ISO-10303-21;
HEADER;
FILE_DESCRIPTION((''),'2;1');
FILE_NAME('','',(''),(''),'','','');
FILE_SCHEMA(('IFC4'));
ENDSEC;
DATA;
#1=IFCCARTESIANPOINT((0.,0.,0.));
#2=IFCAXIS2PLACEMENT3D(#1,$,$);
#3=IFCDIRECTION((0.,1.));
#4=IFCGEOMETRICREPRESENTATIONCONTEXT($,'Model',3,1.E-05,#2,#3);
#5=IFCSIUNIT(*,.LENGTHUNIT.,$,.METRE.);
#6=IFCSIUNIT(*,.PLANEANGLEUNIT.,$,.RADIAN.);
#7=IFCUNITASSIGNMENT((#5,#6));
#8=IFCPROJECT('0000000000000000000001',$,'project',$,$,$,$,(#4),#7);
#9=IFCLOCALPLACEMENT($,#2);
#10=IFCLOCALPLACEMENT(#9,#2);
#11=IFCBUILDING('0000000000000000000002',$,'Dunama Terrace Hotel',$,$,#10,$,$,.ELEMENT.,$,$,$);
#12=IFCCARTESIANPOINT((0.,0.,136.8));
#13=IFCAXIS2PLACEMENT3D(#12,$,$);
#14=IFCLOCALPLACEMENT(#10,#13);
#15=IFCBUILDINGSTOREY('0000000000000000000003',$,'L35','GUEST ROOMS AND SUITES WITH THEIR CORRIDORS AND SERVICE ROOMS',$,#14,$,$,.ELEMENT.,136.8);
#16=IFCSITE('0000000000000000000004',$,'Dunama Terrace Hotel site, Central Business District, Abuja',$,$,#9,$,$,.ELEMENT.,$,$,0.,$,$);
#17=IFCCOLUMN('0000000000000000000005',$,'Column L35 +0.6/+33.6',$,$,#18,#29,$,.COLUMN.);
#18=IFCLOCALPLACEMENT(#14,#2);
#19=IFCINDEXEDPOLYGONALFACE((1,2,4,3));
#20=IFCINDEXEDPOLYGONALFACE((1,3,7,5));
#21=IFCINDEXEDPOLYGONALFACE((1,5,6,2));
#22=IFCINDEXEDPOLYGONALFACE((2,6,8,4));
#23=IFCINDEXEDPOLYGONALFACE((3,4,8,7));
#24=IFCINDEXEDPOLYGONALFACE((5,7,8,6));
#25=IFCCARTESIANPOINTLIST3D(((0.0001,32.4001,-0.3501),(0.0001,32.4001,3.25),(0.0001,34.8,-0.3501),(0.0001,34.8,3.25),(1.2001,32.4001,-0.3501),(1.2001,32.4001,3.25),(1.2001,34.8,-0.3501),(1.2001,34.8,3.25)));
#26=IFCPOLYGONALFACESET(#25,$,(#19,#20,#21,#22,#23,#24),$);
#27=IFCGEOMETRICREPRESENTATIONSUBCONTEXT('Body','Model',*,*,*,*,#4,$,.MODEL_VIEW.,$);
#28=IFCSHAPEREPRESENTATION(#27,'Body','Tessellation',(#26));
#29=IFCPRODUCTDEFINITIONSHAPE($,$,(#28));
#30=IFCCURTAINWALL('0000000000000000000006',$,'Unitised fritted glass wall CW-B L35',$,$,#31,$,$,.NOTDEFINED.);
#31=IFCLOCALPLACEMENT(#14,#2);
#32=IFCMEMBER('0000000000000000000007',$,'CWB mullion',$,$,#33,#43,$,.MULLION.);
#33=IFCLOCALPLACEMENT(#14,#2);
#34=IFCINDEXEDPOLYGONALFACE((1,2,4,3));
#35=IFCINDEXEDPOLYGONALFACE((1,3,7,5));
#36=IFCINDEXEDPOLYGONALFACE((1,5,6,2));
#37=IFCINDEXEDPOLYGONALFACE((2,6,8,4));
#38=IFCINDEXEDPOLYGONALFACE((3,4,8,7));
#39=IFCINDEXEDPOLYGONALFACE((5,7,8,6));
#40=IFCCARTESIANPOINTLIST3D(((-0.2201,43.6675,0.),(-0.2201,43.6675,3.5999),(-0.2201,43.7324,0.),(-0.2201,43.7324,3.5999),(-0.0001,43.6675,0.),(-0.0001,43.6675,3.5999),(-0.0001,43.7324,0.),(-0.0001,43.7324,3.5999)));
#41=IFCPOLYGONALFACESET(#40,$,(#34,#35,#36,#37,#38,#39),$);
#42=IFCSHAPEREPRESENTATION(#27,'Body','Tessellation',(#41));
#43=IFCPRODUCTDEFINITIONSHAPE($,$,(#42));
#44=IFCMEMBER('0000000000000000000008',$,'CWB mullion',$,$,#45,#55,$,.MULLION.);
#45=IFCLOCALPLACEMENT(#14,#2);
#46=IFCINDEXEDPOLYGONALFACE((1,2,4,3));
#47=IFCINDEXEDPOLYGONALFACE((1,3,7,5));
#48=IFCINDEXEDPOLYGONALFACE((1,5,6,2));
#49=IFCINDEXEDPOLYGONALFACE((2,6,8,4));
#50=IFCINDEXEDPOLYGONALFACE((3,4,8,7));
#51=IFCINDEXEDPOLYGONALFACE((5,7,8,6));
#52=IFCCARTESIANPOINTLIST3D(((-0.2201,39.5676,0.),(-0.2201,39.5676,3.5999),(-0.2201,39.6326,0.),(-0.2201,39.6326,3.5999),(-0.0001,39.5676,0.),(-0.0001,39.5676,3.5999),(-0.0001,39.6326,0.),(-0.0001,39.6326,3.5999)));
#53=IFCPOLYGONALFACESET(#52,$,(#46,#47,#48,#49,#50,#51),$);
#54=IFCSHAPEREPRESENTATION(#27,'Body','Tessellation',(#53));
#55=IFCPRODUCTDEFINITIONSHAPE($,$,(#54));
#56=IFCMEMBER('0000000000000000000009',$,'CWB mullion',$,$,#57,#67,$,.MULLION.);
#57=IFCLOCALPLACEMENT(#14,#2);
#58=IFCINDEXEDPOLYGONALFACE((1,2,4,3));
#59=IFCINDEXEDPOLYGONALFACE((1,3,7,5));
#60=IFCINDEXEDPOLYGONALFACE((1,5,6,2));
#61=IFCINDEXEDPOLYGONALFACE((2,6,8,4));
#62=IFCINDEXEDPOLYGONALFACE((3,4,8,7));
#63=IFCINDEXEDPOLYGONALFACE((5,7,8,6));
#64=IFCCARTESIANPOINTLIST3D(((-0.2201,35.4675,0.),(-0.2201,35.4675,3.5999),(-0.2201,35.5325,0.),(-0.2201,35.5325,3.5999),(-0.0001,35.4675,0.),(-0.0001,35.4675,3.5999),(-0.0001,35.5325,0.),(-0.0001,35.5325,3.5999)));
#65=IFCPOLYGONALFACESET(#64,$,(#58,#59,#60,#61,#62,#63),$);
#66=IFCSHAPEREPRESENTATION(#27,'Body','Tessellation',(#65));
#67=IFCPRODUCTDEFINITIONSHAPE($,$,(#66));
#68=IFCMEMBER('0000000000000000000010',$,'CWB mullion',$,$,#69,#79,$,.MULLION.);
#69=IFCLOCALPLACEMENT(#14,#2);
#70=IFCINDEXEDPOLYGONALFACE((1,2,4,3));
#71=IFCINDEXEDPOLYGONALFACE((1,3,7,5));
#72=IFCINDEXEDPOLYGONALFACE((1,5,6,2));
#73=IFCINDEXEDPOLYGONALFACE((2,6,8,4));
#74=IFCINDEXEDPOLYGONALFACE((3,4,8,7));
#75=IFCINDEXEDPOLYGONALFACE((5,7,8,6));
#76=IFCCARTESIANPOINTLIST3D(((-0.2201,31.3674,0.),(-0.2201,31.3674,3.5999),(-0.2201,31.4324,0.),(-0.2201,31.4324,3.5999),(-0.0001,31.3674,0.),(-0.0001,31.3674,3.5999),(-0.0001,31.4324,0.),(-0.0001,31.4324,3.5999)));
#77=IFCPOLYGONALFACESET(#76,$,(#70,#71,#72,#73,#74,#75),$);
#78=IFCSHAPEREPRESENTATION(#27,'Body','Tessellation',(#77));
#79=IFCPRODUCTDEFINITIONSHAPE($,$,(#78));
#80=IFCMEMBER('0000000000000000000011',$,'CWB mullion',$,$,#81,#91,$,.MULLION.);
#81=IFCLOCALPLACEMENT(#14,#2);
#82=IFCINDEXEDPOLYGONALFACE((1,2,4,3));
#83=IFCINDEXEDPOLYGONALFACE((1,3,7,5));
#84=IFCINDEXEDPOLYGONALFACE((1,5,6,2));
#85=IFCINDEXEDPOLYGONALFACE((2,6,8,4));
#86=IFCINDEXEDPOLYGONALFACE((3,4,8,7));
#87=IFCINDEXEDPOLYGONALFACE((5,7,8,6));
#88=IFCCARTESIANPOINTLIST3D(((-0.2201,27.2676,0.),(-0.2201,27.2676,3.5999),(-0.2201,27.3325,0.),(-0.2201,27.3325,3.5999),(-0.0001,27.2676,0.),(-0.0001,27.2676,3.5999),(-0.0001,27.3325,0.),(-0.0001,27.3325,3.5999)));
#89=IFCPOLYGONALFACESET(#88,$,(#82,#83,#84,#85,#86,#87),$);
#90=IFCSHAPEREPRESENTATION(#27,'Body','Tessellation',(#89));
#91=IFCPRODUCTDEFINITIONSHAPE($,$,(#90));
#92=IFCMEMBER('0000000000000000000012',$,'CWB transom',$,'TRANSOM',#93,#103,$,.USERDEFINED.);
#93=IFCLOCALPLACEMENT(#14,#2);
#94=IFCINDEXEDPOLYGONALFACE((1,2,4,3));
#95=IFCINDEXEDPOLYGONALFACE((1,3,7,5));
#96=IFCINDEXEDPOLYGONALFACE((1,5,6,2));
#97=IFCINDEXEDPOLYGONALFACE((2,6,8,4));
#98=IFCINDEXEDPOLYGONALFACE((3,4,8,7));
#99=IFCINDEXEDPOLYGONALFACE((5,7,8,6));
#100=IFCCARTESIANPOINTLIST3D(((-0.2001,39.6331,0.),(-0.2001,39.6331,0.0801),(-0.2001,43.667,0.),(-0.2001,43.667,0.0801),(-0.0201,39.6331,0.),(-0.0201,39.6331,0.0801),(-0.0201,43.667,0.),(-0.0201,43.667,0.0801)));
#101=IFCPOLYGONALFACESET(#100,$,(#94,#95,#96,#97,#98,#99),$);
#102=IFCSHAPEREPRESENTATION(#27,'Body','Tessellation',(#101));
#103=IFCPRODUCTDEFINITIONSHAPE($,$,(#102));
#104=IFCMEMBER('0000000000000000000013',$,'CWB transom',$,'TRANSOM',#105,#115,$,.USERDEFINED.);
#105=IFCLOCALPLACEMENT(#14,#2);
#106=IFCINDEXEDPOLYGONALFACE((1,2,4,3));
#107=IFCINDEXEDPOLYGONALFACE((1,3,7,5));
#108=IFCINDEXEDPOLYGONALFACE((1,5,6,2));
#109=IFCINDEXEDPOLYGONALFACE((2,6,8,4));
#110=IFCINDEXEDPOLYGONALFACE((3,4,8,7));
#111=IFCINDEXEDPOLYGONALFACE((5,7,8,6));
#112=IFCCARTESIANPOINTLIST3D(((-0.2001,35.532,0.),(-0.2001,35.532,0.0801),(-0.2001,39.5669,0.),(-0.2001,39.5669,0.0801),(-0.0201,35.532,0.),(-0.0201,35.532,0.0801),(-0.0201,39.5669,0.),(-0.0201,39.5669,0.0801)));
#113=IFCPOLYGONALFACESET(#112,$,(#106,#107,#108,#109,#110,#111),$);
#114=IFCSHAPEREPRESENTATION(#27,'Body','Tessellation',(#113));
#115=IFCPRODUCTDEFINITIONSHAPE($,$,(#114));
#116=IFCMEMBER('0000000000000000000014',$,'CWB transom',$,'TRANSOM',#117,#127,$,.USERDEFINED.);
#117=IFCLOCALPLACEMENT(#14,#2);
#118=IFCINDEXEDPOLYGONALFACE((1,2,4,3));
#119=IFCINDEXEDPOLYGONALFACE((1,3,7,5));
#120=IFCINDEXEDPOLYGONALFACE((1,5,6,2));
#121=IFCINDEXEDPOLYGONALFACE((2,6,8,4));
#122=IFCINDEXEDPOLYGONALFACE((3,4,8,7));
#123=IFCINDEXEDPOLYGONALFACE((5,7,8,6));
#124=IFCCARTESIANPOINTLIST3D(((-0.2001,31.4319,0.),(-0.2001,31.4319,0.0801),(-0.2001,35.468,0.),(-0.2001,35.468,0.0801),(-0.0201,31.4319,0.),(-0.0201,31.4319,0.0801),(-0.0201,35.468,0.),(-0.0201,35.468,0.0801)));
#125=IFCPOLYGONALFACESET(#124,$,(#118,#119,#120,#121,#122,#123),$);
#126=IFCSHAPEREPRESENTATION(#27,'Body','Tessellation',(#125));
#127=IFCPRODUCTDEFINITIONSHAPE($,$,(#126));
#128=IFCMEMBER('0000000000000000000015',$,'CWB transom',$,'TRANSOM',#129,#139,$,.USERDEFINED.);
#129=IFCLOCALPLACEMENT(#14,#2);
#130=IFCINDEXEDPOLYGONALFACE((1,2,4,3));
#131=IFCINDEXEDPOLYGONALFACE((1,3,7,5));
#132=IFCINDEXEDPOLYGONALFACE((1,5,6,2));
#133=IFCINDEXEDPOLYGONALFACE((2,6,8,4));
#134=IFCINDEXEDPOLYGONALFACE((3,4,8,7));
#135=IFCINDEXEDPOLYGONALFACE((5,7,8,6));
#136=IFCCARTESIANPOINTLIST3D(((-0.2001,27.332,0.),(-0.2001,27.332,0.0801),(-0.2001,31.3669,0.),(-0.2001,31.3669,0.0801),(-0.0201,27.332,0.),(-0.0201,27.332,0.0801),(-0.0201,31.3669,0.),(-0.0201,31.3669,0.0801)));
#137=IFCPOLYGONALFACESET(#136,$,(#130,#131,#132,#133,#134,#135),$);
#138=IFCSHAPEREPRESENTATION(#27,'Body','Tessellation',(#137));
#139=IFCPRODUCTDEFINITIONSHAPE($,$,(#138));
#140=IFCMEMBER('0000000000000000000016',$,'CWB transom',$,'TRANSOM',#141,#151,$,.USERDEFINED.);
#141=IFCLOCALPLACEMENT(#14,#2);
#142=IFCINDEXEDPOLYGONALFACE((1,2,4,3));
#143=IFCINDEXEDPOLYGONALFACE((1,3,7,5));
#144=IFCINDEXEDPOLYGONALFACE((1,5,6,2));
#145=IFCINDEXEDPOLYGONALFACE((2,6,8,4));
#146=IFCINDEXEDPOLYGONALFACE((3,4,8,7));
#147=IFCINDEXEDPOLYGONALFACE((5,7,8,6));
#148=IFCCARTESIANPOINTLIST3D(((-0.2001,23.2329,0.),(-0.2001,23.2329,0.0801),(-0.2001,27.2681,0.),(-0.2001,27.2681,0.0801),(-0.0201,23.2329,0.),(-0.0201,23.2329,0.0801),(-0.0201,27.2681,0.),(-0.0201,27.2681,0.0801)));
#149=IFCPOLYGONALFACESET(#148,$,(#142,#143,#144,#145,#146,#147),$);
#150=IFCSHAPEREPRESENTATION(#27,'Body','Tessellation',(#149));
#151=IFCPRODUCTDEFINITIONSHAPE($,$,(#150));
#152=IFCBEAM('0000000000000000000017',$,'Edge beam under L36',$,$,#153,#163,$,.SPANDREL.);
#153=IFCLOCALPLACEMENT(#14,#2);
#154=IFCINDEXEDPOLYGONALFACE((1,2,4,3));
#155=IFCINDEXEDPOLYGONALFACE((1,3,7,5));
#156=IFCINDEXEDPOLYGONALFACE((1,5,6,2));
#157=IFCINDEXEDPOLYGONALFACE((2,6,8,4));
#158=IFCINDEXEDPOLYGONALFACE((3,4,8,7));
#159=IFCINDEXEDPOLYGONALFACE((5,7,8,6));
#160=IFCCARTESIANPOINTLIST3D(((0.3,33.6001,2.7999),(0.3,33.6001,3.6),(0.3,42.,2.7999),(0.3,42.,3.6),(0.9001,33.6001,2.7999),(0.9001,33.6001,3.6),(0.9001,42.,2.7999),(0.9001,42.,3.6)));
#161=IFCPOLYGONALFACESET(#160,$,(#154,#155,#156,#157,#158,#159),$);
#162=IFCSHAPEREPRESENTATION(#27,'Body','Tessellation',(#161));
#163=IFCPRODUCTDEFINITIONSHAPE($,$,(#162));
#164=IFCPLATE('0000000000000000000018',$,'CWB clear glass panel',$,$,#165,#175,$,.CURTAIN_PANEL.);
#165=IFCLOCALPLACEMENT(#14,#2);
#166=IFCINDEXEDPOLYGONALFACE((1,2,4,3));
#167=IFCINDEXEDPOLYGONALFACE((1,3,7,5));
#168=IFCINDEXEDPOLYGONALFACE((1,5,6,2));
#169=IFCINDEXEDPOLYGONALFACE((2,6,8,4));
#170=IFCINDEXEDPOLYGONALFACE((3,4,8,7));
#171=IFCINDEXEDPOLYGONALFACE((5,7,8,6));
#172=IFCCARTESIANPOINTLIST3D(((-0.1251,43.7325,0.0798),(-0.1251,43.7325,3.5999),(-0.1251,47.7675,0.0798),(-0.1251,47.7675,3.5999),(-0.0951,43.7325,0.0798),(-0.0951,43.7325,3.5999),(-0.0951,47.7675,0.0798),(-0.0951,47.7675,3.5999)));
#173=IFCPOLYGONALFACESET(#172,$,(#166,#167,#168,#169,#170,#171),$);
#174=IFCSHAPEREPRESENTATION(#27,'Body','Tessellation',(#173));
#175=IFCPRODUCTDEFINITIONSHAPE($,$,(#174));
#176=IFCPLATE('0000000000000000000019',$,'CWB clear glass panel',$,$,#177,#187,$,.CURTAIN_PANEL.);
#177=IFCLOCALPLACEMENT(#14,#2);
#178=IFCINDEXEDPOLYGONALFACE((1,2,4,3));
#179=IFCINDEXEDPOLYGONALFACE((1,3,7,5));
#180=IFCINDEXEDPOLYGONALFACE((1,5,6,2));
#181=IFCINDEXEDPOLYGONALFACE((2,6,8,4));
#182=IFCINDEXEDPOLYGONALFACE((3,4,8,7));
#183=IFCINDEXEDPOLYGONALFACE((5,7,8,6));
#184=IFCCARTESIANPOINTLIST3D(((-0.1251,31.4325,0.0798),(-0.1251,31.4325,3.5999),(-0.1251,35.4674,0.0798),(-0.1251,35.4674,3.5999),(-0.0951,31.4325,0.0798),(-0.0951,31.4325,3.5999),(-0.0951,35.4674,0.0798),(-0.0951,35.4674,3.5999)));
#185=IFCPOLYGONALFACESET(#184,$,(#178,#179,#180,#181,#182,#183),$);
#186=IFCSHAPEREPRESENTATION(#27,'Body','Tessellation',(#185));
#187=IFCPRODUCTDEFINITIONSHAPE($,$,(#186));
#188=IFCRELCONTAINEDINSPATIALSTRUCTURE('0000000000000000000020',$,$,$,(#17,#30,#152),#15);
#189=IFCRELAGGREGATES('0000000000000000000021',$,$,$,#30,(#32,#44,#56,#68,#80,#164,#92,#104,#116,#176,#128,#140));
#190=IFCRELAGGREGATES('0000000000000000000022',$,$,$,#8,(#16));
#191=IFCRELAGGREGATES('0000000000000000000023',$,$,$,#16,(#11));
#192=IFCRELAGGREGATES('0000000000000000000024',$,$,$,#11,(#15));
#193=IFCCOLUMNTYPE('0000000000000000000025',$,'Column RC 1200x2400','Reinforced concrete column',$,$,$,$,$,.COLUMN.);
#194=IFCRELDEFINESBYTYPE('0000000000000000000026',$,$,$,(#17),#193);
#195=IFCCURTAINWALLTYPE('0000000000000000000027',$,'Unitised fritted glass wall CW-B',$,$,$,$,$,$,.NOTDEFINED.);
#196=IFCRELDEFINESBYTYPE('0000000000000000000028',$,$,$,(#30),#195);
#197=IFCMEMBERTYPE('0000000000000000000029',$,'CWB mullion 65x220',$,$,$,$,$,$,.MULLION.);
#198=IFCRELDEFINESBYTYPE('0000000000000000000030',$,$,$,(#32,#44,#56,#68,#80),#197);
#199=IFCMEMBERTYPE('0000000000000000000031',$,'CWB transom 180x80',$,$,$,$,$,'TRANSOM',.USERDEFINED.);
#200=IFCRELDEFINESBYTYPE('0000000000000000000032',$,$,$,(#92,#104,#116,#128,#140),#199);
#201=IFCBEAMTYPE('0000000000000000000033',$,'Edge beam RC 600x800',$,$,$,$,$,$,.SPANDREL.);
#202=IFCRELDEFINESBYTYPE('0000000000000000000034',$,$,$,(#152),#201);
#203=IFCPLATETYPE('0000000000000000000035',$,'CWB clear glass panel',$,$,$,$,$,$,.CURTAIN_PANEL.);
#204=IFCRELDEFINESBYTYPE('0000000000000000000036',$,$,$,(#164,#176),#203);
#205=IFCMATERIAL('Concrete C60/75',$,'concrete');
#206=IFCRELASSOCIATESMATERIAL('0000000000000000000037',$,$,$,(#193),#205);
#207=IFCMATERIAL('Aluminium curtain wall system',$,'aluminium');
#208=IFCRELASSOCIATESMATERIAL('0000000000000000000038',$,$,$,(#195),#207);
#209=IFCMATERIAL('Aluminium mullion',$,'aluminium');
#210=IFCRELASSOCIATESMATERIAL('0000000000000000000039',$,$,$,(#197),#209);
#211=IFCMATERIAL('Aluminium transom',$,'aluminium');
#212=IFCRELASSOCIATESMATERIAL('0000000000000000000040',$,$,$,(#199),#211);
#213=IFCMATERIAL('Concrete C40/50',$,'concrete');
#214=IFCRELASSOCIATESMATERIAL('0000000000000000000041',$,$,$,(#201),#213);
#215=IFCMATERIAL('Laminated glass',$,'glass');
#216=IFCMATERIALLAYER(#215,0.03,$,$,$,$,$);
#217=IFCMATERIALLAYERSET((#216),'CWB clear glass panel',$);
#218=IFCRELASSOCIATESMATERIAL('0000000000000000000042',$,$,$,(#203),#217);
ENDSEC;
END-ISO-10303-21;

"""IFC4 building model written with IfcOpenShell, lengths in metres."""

from ifc_helpers import new_model, si_unit, direction, frame, origin, origin_2d, place, context, subcontext, project, spatial, rectangle, extrude, material, layer, layer_set, material_profile, profile_set, type_object, element, aggregate, save


model = new_model("IFC4")

# Units and contexts
model_context = context("Model", 3, precision=1e-05, world=origin(), true_north=direction((0.0, 1.0)))
body_context = subcontext(model_context, "Body", "Model", "MODEL_VIEW")
ifc_project = project(units=[si_unit("LENGTHUNIT", "METRE"), si_unit("PLANEANGLEUNIT", "RADIAN")], contexts=[model_context])

# Site, building, storey
site_placement = place(None, origin())
site = spatial("IfcSite", under=ifc_project, at=site_placement, Name="Dunama Terrace Hotel site, Central Business District, Abuja", CompositionType="ELEMENT", RefElevation=0.0)
building_placement = place(site_placement, origin())
building = spatial("IfcBuilding", under=site, at=building_placement, Name="Dunama Terrace Hotel", CompositionType="ELEMENT")
storey_placement = place(building_placement, frame((0.0, 0.0, 136.8)))
storey = spatial("IfcBuildingStorey", under=building, at=storey_placement, Name="L35", Description="GUEST ROOMS AND SUITES WITH THEIR CORRIDORS AND SERVICE ROOMS", CompositionType="ELEMENT", Elevation=136.8)

# Column
ifc_material_1 = material(Name="Concrete C60/75", Category="concrete")
ifc_material_profile_1 = material_profile(ifc_material_1, rectangle(XDim=1.2, YDim=2.3999, at=origin_2d()), Name="RC 1200x2400")
ifc_profile_set_1 = profile_set([ifc_material_profile_1], Name="Concrete C60/75")
column_type = type_object("IfcColumnType", Name="Column RC 1200x2400", Description="Reinforced concrete column", PredefinedType="COLUMN", material=ifc_profile_set_1)
column_placement = place(storey_placement, frame((0.6001, 33.6001, -0.3501), z_axis=(0.0, 0.0, 1.0), x_axis=(1.0, 0.0, 0.0)))
element("IfcColumn", 1, at=column_placement, inside=storey, type_object=column_type, Name="Column L35 +0.6/+33.6", PredefinedType="COLUMN", context=body_context, shape_type="SweptSolid", body=[
    extrude(rectangle(XDim=1.2, YDim=2.3999, at=origin_2d()), origin(), (0.0, 0.0, 1.0), 3.6001),
])

# Curtain wall, members
ifc_material_2 = material(Name="Aluminium curtain wall system", Category="aluminium")
curtain_wall_type = type_object("IfcCurtainWallType", Name="Unitised fritted glass wall CW-B", PredefinedType="NOTDEFINED", material=ifc_material_2)
curtain_wall_placement = place(storey_placement, origin())
curtain_wall = element("IfcCurtainWall", 2, at=curtain_wall_placement, inside=storey, type_object=curtain_wall_type, Name="Unitised fritted glass wall CW-B L35", PredefinedType="NOTDEFINED")
ifc_material_3 = material(Name="Aluminium mullion", Category="aluminium")
ifc_material_profile_2 = material_profile(ifc_material_3, rectangle(XDim=0.0649, YDim=0.22, at=origin_2d()), Name="CWB MULLION 65X220")
ifc_profile_set_2 = profile_set([ifc_material_profile_2], Name="Aluminium mullion")
member_type_1 = type_object("IfcMemberType", Name="CWB mullion 65x220", PredefinedType="MULLION", material=ifc_profile_set_2)
member_1_placement = place(storey_placement, frame((-0.1101, 43.7, 0.0), z_axis=(0.0, 0.0, 1.0), x_axis=(0.0, -1.0, 0.0)))
member_1 = element("IfcMember", 3, at=member_1_placement, type_object=member_type_1, Name="CWB mullion", PredefinedType="MULLION", context=body_context, shape_type="SweptSolid", body=[
    extrude(rectangle(XDim=0.0649, YDim=0.22, at=origin_2d()), origin(), (0.0, 0.0, 1.0), 3.5999),
])
member_2_placement = place(storey_placement, frame((-0.1101, 39.6001, 0.0), z_axis=(0.0, 0.0, 1.0), x_axis=(0.0, -1.0, 0.0)))
member_2 = element("IfcMember", 4, at=member_2_placement, type_object=member_type_1, Name="CWB mullion", PredefinedType="MULLION", context=body_context, shape_type="SweptSolid", body=[
    extrude(rectangle(XDim=0.0649, YDim=0.22, at=origin_2d()), origin(), (0.0, 0.0, 1.0), 3.5999),
])
member_3_placement = place(storey_placement, frame((-0.1101, 35.5, 0.0), z_axis=(0.0, 0.0, 1.0), x_axis=(0.0, -1.0, 0.0)))
member_3 = element("IfcMember", 5, at=member_3_placement, type_object=member_type_1, Name="CWB mullion", PredefinedType="MULLION", context=body_context, shape_type="SweptSolid", body=[
    extrude(rectangle(XDim=0.0649, YDim=0.22, at=origin_2d()), origin(), (0.0, 0.0, 1.0), 3.5999),
])
member_4_placement = place(storey_placement, frame((-0.1101, 31.3999, 0.0), z_axis=(0.0, 0.0, 1.0), x_axis=(0.0, -1.0, 0.0)))
member_4 = element("IfcMember", 6, at=member_4_placement, type_object=member_type_1, Name="CWB mullion", PredefinedType="MULLION", context=body_context, shape_type="SweptSolid", body=[
    extrude(rectangle(XDim=0.0649, YDim=0.22, at=origin_2d()), origin(), (0.0, 0.0, 1.0), 3.5999),
])
member_5_placement = place(storey_placement, frame((-0.1101, 27.3, 0.0), z_axis=(0.0, 0.0, 1.0), x_axis=(0.0, -1.0, 0.0)))
member_5 = element("IfcMember", 7, at=member_5_placement, type_object=member_type_1, Name="CWB mullion", PredefinedType="MULLION", context=body_context, shape_type="SweptSolid", body=[
    extrude(rectangle(XDim=0.0649, YDim=0.22, at=origin_2d()), origin(), (0.0, 0.0, 1.0), 3.5999),
])
ifc_material_4 = material(Name="Aluminium transom", Category="aluminium")
ifc_material_profile_3 = material_profile(ifc_material_4, rectangle(XDim=0.1799, YDim=0.0801, at=origin_2d()), Name="CWB TRANSOM 180X80")
ifc_profile_set_3 = profile_set([ifc_material_profile_3], Name="Aluminium transom")
member_type_2 = type_object("IfcMemberType", Name="CWB transom 180x80", ElementType="TRANSOM", PredefinedType="USERDEFINED", material=ifc_profile_set_3)
member_6_placement = place(storey_placement, frame((-0.1101, 43.667, 0.04), z_axis=(0.0, -1.0, 0.0), x_axis=(1.0, 0.0, 0.0)))
member_6 = element("IfcMember", 8, at=member_6_placement, type_object=member_type_2, Name="CWB transom", ObjectType="TRANSOM", PredefinedType="USERDEFINED", context=body_context, shape_type="SweptSolid", body=[
    extrude(rectangle(XDim=0.1799, YDim=0.0801, at=origin_2d()), origin(), (0.0, 0.0, 1.0), 4.0339),
])
member_7_placement = place(storey_placement, frame((-0.1101, 39.5669, 0.04), z_axis=(0.0, -1.0, 0.0), x_axis=(1.0, 0.0, 0.0)))
member_7 = element("IfcMember", 9, at=member_7_placement, type_object=member_type_2, Name="CWB transom", ObjectType="TRANSOM", PredefinedType="USERDEFINED", context=body_context, shape_type="SweptSolid", body=[
    extrude(rectangle(XDim=0.1799, YDim=0.0801, at=origin_2d()), origin(), (0.0, 0.0, 1.0), 4.0349),
])
member_8_placement = place(storey_placement, frame((-0.1101, 35.468, 0.04), z_axis=(0.0, -1.0, 0.0), x_axis=(1.0, 0.0, 0.0)))
member_8 = element("IfcMember", 10, at=member_8_placement, type_object=member_type_2, Name="CWB transom", ObjectType="TRANSOM", PredefinedType="USERDEFINED", context=body_context, shape_type="SweptSolid", body=[
    extrude(rectangle(XDim=0.1799, YDim=0.0801, at=origin_2d()), origin(), (0.0, 0.0, 1.0), 4.0361),
])
member_9_placement = place(storey_placement, frame((-0.1101, 31.3669, 0.04), z_axis=(0.0, -1.0, 0.0), x_axis=(1.0, 0.0, 0.0)))
member_9 = element("IfcMember", 11, at=member_9_placement, type_object=member_type_2, Name="CWB transom", ObjectType="TRANSOM", PredefinedType="USERDEFINED", context=body_context, shape_type="SweptSolid", body=[
    extrude(rectangle(XDim=0.1799, YDim=0.0801, at=origin_2d()), origin(), (0.0, 0.0, 1.0), 4.0349),
])
member_10_placement = place(storey_placement, frame((-0.1101, 27.2681, 0.04), z_axis=(0.0, -1.0, 0.0), x_axis=(1.0, 0.0, 0.0)))
member_10 = element("IfcMember", 12, at=member_10_placement, type_object=member_type_2, Name="CWB transom", ObjectType="TRANSOM", PredefinedType="USERDEFINED", context=body_context, shape_type="SweptSolid", body=[
    extrude(rectangle(XDim=0.1799, YDim=0.0801, at=origin_2d()), origin(), (0.0, 0.0, 1.0), 4.0352),
])

# Beam
ifc_material_5 = material(Name="Concrete C40/50", Category="concrete")
ifc_material_profile_4 = material_profile(ifc_material_5, rectangle(XDim=0.6001, YDim=0.8, at=origin_2d()), Name="RC 600x800")
ifc_profile_set_4 = profile_set([ifc_material_profile_4], Name="Concrete C40/50")
beam_type = type_object("IfcBeamType", Name="Edge beam RC 600x800", PredefinedType="SPANDREL", material=ifc_profile_set_4)
beam_placement = place(storey_placement, frame((0.6001, 33.6001, 3.2), z_axis=(0.0, 1.0, 0.0), x_axis=(-1.0, 0.0, 0.0)))
element("IfcBeam", 13, at=beam_placement, inside=storey, type_object=beam_type, Name="Edge beam under L36", PredefinedType="SPANDREL", context=body_context, shape_type="SweptSolid", body=[
    extrude(rectangle(XDim=0.6001, YDim=0.8, at=origin_2d()), origin(), (0.0, 0.0, 1.0), 8.3999),
])

# Plates
ifc_material_6 = material(Name="Laminated glass", Category="glass")
ifc_layer_1 = layer(ifc_material_6, 0.03)
ifc_layer_set_1 = layer_set([ifc_layer_1], Name="CWB clear glass panel")
plate_type_1 = type_object("IfcPlateType", Name="CWB clear glass panel", PredefinedType="CURTAIN_PANEL", material=ifc_layer_set_1)
plate_1_placement = place(storey_placement, frame((-0.1101, 45.75, 0.0798), z_axis=(0.0, 0.0, 1.0), x_axis=(0.0, -1.0, 0.0)))
plate_1 = element("IfcPlate", 14, at=plate_1_placement, type_object=plate_type_1, Name="CWB clear glass panel", PredefinedType="CURTAIN_PANEL", context=body_context, shape_type="SweptSolid", body=[
    extrude(rectangle(XDim=4.0349, YDim=0.03, at=origin_2d()), origin(), (0.0, 0.0, 1.0), 3.52),
])
plate_2_placement = place(storey_placement, frame((-0.1101, 33.45, 0.0798), z_axis=(0.0, 0.0, 1.0), x_axis=(0.0, -1.0, 0.0)))
plate_2 = element("IfcPlate", 15, at=plate_2_placement, type_object=plate_type_1, Name="CWB clear glass panel", PredefinedType="CURTAIN_PANEL", context=body_context, shape_type="SweptSolid", body=[
    extrude(rectangle(XDim=4.0349, YDim=0.03, at=origin_2d()), origin(), (0.0, 0.0, 1.0), 3.52),
])
aggregate(curtain_wall, [member_1, member_2, member_3, member_4, member_5, plate_1, member_6, member_7, member_8, plate_2, member_9, member_10])

save(model, "model.ifc")
